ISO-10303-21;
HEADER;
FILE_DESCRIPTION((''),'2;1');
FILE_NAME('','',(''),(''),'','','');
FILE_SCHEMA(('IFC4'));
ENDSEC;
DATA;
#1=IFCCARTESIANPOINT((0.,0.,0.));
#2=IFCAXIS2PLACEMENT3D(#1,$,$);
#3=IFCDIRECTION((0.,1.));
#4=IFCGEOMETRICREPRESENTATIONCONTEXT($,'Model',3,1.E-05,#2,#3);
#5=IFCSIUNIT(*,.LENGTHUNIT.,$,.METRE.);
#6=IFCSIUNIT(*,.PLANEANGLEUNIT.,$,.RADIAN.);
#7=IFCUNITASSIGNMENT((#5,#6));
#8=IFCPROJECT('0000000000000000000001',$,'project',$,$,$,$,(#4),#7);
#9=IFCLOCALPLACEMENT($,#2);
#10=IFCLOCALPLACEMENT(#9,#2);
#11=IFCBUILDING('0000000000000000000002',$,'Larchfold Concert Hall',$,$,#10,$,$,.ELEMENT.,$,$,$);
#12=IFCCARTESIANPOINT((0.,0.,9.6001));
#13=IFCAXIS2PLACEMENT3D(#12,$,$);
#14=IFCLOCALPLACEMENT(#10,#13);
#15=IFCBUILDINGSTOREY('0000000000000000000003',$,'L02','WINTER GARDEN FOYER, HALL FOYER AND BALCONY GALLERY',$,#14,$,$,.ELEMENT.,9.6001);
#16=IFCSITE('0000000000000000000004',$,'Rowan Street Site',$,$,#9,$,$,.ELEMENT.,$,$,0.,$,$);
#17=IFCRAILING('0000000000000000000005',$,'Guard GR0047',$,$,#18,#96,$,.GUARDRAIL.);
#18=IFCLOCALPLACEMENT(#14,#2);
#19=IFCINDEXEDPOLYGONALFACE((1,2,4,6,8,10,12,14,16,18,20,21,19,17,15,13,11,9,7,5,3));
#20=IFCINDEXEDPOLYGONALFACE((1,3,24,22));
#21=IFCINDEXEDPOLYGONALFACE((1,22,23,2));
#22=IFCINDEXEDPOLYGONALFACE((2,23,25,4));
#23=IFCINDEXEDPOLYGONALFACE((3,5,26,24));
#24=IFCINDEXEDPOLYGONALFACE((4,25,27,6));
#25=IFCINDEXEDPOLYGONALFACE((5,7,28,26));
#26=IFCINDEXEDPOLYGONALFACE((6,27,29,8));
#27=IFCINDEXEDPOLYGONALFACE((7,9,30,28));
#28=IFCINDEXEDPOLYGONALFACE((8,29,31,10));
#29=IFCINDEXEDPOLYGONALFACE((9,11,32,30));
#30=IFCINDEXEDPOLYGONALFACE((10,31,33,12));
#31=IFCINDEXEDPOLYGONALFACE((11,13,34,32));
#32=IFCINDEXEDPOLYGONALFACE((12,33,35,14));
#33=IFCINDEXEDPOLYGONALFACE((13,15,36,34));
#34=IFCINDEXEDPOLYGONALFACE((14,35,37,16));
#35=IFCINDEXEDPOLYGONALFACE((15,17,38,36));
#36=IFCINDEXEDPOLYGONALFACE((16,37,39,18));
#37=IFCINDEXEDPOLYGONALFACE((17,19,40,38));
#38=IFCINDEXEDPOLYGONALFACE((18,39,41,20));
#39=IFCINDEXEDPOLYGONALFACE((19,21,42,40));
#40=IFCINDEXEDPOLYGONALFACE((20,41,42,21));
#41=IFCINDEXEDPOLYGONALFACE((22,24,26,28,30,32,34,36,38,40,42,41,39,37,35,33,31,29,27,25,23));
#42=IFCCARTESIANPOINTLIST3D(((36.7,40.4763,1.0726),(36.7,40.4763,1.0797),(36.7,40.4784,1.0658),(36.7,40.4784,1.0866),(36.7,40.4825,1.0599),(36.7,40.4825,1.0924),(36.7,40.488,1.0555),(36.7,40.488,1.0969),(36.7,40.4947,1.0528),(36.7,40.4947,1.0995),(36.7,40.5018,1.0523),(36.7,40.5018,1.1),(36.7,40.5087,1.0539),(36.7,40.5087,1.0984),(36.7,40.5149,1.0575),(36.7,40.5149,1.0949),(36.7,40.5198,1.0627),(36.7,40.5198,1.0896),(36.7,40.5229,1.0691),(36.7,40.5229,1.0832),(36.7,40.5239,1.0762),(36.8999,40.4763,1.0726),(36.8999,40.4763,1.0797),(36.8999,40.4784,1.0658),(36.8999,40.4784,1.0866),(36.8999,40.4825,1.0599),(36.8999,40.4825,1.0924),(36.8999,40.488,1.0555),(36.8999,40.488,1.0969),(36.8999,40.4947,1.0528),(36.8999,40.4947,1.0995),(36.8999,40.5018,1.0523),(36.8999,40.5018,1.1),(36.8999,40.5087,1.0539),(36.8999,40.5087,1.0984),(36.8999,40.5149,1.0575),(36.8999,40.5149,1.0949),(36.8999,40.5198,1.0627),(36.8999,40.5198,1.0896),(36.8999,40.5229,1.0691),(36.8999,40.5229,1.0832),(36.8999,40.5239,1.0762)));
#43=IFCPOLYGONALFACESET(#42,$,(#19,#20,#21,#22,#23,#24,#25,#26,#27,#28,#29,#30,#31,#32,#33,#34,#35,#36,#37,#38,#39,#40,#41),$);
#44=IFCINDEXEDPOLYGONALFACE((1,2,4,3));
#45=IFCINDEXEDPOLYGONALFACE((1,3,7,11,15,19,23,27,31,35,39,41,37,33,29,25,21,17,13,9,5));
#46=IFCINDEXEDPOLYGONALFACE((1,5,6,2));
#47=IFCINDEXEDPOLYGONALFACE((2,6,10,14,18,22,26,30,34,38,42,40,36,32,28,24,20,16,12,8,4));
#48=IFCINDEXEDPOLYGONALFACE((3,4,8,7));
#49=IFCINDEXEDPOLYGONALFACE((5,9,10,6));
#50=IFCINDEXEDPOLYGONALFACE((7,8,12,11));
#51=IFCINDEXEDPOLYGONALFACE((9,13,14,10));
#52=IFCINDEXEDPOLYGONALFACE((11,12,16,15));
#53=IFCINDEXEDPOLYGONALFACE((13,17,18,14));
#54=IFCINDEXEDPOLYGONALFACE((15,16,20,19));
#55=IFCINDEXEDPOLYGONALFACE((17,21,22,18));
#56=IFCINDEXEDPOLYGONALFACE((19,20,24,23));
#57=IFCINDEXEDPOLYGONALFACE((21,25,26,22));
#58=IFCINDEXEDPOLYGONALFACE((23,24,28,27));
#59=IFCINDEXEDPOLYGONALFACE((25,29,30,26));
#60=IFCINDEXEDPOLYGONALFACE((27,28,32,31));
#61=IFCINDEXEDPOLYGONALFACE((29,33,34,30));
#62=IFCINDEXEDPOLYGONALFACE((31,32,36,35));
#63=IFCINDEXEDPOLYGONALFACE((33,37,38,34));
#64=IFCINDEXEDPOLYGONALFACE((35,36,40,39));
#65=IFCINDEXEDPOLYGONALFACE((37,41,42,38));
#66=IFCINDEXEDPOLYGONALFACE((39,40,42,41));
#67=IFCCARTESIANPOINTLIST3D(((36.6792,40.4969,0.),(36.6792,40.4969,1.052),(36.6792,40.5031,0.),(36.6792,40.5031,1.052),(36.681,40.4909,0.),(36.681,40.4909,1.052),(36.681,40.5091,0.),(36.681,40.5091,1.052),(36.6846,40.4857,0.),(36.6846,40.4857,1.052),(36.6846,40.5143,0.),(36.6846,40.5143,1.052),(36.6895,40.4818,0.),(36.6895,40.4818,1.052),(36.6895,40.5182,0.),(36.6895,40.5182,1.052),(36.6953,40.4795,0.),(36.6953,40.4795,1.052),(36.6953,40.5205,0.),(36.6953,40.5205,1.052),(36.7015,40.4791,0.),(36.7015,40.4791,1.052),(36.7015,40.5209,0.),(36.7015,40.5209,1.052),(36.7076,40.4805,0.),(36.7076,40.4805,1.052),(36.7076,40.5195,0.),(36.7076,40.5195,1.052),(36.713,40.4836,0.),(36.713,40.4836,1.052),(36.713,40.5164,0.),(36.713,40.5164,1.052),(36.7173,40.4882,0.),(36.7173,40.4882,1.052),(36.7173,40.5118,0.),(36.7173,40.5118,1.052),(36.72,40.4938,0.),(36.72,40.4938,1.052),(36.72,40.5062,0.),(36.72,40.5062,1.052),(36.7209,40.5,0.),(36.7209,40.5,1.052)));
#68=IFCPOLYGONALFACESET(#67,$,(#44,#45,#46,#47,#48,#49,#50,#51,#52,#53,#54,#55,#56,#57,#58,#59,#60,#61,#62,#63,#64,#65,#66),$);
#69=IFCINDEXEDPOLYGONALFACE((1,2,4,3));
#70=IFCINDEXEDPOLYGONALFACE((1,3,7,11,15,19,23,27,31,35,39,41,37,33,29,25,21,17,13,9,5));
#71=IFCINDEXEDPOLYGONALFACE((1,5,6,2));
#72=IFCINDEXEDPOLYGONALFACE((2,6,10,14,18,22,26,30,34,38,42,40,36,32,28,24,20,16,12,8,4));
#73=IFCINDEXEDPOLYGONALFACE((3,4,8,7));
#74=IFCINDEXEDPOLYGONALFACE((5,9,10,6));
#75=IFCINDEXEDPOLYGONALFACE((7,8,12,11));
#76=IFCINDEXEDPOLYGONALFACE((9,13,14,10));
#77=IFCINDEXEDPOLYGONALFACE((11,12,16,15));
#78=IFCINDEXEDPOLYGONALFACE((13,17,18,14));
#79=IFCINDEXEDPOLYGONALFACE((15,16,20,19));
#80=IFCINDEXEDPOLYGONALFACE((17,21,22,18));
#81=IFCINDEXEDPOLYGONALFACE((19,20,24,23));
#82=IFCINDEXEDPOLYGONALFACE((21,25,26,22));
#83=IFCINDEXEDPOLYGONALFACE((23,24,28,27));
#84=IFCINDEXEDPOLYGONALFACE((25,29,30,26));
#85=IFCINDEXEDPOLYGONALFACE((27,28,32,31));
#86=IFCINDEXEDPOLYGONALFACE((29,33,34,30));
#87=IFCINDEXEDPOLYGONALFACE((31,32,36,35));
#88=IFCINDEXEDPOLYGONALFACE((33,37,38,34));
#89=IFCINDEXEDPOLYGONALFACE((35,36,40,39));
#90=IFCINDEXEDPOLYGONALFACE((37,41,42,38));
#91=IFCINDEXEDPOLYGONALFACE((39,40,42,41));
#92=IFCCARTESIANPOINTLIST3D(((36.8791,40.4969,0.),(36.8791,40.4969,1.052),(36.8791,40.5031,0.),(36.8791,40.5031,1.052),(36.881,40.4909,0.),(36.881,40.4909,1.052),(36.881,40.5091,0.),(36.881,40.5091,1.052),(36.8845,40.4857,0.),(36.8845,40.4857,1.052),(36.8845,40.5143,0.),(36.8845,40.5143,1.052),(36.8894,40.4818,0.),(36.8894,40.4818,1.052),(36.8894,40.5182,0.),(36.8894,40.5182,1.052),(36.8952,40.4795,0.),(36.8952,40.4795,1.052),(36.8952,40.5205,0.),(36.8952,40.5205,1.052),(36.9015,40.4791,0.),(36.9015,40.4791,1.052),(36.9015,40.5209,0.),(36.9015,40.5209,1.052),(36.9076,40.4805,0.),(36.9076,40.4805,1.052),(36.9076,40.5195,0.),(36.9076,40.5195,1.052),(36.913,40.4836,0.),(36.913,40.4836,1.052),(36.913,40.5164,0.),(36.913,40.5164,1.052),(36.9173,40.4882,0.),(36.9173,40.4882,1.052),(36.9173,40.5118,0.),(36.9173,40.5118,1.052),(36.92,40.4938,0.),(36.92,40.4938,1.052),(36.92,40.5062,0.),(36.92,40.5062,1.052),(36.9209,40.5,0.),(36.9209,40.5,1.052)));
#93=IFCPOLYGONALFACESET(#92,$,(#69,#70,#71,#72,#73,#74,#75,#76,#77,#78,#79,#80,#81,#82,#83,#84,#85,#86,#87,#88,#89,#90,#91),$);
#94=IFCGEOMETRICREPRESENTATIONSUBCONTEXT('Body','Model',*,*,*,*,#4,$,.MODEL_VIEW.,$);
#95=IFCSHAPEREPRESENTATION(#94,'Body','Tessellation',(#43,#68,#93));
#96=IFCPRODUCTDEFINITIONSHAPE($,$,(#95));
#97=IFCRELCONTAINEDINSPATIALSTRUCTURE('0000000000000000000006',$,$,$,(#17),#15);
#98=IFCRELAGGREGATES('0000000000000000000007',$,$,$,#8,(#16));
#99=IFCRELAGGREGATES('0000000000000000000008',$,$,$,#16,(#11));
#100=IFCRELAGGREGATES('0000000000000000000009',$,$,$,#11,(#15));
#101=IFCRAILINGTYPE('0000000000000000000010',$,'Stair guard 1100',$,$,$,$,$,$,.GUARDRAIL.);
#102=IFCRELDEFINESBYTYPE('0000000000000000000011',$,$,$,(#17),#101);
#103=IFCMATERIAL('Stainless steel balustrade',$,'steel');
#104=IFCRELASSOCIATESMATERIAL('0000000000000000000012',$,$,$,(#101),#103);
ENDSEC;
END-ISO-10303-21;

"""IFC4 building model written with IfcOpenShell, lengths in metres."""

from ifc_helpers import new_model, si_unit, direction, frame, origin, origin_2d, place, context, subcontext, project, spatial, circle, extrude, material, type_object, element, save


model = new_model("IFC4")

# Units and contexts
model_context = context("Model", 3, precision=1e-05, world=origin(), true_north=direction((0.0, 1.0)))
body_context = subcontext(model_context, "Body", "Model", "MODEL_VIEW")
ifc_project = project(units=[si_unit("LENGTHUNIT", "METRE"), si_unit("PLANEANGLEUNIT", "RADIAN")], contexts=[model_context])

# Site, building, storey
site_placement = place(None, origin())
site = spatial("IfcSite", under=ifc_project, at=site_placement, Name="Rowan Street Site", CompositionType="ELEMENT", RefElevation=0.0)
building_placement = place(site_placement, origin())
building = spatial("IfcBuilding", under=site, at=building_placement, Name="Larchfold Concert Hall", CompositionType="ELEMENT")
storey_placement = place(building_placement, frame((0.0, 0.0, 9.6001)))
storey = spatial("IfcBuildingStorey", under=building, at=storey_placement, Name="L02", Description="WINTER GARDEN FOYER, HALL FOYER AND BALCONY GALLERY", CompositionType="ELEMENT", Elevation=9.6001)

# Railing
ifc_material_1 = material(Name="Stainless steel balustrade", Category="steel")
railing_type_1 = type_object("IfcRailingType", Name="Stair guard 1100", PredefinedType="GUARDRAIL", material=ifc_material_1)
railing_1_placement = place(storey_placement, frame((36.7, 40.5, 0.0)))
element("IfcRailing", 1, at=railing_1_placement, inside=storey, type_object=railing_type_1, Name="Guard GR0047", PredefinedType="GUARDRAIL", context=body_context, shape_type="SweptSolid", body=[
    extrude(circle(Radius=0.0239, at=origin_2d()), frame((0.0, 0.0, 1.0762), z_axis=(1.0, 0.0, 0.0), x_axis=(0.0, 1.0, 0.0)), (0.0, 0.0, 1.0), 0.2),
    extrude(circle(Radius=0.021, at=origin_2d()), origin(), (0.0, 0.0, 1.0), 1.052),
    extrude(circle(Radius=0.021, at=origin_2d()), frame((0.2, 0.0, 0.0)), (0.0, 0.0, 1.0), 1.052),
])

save(model, "model.ifc")
